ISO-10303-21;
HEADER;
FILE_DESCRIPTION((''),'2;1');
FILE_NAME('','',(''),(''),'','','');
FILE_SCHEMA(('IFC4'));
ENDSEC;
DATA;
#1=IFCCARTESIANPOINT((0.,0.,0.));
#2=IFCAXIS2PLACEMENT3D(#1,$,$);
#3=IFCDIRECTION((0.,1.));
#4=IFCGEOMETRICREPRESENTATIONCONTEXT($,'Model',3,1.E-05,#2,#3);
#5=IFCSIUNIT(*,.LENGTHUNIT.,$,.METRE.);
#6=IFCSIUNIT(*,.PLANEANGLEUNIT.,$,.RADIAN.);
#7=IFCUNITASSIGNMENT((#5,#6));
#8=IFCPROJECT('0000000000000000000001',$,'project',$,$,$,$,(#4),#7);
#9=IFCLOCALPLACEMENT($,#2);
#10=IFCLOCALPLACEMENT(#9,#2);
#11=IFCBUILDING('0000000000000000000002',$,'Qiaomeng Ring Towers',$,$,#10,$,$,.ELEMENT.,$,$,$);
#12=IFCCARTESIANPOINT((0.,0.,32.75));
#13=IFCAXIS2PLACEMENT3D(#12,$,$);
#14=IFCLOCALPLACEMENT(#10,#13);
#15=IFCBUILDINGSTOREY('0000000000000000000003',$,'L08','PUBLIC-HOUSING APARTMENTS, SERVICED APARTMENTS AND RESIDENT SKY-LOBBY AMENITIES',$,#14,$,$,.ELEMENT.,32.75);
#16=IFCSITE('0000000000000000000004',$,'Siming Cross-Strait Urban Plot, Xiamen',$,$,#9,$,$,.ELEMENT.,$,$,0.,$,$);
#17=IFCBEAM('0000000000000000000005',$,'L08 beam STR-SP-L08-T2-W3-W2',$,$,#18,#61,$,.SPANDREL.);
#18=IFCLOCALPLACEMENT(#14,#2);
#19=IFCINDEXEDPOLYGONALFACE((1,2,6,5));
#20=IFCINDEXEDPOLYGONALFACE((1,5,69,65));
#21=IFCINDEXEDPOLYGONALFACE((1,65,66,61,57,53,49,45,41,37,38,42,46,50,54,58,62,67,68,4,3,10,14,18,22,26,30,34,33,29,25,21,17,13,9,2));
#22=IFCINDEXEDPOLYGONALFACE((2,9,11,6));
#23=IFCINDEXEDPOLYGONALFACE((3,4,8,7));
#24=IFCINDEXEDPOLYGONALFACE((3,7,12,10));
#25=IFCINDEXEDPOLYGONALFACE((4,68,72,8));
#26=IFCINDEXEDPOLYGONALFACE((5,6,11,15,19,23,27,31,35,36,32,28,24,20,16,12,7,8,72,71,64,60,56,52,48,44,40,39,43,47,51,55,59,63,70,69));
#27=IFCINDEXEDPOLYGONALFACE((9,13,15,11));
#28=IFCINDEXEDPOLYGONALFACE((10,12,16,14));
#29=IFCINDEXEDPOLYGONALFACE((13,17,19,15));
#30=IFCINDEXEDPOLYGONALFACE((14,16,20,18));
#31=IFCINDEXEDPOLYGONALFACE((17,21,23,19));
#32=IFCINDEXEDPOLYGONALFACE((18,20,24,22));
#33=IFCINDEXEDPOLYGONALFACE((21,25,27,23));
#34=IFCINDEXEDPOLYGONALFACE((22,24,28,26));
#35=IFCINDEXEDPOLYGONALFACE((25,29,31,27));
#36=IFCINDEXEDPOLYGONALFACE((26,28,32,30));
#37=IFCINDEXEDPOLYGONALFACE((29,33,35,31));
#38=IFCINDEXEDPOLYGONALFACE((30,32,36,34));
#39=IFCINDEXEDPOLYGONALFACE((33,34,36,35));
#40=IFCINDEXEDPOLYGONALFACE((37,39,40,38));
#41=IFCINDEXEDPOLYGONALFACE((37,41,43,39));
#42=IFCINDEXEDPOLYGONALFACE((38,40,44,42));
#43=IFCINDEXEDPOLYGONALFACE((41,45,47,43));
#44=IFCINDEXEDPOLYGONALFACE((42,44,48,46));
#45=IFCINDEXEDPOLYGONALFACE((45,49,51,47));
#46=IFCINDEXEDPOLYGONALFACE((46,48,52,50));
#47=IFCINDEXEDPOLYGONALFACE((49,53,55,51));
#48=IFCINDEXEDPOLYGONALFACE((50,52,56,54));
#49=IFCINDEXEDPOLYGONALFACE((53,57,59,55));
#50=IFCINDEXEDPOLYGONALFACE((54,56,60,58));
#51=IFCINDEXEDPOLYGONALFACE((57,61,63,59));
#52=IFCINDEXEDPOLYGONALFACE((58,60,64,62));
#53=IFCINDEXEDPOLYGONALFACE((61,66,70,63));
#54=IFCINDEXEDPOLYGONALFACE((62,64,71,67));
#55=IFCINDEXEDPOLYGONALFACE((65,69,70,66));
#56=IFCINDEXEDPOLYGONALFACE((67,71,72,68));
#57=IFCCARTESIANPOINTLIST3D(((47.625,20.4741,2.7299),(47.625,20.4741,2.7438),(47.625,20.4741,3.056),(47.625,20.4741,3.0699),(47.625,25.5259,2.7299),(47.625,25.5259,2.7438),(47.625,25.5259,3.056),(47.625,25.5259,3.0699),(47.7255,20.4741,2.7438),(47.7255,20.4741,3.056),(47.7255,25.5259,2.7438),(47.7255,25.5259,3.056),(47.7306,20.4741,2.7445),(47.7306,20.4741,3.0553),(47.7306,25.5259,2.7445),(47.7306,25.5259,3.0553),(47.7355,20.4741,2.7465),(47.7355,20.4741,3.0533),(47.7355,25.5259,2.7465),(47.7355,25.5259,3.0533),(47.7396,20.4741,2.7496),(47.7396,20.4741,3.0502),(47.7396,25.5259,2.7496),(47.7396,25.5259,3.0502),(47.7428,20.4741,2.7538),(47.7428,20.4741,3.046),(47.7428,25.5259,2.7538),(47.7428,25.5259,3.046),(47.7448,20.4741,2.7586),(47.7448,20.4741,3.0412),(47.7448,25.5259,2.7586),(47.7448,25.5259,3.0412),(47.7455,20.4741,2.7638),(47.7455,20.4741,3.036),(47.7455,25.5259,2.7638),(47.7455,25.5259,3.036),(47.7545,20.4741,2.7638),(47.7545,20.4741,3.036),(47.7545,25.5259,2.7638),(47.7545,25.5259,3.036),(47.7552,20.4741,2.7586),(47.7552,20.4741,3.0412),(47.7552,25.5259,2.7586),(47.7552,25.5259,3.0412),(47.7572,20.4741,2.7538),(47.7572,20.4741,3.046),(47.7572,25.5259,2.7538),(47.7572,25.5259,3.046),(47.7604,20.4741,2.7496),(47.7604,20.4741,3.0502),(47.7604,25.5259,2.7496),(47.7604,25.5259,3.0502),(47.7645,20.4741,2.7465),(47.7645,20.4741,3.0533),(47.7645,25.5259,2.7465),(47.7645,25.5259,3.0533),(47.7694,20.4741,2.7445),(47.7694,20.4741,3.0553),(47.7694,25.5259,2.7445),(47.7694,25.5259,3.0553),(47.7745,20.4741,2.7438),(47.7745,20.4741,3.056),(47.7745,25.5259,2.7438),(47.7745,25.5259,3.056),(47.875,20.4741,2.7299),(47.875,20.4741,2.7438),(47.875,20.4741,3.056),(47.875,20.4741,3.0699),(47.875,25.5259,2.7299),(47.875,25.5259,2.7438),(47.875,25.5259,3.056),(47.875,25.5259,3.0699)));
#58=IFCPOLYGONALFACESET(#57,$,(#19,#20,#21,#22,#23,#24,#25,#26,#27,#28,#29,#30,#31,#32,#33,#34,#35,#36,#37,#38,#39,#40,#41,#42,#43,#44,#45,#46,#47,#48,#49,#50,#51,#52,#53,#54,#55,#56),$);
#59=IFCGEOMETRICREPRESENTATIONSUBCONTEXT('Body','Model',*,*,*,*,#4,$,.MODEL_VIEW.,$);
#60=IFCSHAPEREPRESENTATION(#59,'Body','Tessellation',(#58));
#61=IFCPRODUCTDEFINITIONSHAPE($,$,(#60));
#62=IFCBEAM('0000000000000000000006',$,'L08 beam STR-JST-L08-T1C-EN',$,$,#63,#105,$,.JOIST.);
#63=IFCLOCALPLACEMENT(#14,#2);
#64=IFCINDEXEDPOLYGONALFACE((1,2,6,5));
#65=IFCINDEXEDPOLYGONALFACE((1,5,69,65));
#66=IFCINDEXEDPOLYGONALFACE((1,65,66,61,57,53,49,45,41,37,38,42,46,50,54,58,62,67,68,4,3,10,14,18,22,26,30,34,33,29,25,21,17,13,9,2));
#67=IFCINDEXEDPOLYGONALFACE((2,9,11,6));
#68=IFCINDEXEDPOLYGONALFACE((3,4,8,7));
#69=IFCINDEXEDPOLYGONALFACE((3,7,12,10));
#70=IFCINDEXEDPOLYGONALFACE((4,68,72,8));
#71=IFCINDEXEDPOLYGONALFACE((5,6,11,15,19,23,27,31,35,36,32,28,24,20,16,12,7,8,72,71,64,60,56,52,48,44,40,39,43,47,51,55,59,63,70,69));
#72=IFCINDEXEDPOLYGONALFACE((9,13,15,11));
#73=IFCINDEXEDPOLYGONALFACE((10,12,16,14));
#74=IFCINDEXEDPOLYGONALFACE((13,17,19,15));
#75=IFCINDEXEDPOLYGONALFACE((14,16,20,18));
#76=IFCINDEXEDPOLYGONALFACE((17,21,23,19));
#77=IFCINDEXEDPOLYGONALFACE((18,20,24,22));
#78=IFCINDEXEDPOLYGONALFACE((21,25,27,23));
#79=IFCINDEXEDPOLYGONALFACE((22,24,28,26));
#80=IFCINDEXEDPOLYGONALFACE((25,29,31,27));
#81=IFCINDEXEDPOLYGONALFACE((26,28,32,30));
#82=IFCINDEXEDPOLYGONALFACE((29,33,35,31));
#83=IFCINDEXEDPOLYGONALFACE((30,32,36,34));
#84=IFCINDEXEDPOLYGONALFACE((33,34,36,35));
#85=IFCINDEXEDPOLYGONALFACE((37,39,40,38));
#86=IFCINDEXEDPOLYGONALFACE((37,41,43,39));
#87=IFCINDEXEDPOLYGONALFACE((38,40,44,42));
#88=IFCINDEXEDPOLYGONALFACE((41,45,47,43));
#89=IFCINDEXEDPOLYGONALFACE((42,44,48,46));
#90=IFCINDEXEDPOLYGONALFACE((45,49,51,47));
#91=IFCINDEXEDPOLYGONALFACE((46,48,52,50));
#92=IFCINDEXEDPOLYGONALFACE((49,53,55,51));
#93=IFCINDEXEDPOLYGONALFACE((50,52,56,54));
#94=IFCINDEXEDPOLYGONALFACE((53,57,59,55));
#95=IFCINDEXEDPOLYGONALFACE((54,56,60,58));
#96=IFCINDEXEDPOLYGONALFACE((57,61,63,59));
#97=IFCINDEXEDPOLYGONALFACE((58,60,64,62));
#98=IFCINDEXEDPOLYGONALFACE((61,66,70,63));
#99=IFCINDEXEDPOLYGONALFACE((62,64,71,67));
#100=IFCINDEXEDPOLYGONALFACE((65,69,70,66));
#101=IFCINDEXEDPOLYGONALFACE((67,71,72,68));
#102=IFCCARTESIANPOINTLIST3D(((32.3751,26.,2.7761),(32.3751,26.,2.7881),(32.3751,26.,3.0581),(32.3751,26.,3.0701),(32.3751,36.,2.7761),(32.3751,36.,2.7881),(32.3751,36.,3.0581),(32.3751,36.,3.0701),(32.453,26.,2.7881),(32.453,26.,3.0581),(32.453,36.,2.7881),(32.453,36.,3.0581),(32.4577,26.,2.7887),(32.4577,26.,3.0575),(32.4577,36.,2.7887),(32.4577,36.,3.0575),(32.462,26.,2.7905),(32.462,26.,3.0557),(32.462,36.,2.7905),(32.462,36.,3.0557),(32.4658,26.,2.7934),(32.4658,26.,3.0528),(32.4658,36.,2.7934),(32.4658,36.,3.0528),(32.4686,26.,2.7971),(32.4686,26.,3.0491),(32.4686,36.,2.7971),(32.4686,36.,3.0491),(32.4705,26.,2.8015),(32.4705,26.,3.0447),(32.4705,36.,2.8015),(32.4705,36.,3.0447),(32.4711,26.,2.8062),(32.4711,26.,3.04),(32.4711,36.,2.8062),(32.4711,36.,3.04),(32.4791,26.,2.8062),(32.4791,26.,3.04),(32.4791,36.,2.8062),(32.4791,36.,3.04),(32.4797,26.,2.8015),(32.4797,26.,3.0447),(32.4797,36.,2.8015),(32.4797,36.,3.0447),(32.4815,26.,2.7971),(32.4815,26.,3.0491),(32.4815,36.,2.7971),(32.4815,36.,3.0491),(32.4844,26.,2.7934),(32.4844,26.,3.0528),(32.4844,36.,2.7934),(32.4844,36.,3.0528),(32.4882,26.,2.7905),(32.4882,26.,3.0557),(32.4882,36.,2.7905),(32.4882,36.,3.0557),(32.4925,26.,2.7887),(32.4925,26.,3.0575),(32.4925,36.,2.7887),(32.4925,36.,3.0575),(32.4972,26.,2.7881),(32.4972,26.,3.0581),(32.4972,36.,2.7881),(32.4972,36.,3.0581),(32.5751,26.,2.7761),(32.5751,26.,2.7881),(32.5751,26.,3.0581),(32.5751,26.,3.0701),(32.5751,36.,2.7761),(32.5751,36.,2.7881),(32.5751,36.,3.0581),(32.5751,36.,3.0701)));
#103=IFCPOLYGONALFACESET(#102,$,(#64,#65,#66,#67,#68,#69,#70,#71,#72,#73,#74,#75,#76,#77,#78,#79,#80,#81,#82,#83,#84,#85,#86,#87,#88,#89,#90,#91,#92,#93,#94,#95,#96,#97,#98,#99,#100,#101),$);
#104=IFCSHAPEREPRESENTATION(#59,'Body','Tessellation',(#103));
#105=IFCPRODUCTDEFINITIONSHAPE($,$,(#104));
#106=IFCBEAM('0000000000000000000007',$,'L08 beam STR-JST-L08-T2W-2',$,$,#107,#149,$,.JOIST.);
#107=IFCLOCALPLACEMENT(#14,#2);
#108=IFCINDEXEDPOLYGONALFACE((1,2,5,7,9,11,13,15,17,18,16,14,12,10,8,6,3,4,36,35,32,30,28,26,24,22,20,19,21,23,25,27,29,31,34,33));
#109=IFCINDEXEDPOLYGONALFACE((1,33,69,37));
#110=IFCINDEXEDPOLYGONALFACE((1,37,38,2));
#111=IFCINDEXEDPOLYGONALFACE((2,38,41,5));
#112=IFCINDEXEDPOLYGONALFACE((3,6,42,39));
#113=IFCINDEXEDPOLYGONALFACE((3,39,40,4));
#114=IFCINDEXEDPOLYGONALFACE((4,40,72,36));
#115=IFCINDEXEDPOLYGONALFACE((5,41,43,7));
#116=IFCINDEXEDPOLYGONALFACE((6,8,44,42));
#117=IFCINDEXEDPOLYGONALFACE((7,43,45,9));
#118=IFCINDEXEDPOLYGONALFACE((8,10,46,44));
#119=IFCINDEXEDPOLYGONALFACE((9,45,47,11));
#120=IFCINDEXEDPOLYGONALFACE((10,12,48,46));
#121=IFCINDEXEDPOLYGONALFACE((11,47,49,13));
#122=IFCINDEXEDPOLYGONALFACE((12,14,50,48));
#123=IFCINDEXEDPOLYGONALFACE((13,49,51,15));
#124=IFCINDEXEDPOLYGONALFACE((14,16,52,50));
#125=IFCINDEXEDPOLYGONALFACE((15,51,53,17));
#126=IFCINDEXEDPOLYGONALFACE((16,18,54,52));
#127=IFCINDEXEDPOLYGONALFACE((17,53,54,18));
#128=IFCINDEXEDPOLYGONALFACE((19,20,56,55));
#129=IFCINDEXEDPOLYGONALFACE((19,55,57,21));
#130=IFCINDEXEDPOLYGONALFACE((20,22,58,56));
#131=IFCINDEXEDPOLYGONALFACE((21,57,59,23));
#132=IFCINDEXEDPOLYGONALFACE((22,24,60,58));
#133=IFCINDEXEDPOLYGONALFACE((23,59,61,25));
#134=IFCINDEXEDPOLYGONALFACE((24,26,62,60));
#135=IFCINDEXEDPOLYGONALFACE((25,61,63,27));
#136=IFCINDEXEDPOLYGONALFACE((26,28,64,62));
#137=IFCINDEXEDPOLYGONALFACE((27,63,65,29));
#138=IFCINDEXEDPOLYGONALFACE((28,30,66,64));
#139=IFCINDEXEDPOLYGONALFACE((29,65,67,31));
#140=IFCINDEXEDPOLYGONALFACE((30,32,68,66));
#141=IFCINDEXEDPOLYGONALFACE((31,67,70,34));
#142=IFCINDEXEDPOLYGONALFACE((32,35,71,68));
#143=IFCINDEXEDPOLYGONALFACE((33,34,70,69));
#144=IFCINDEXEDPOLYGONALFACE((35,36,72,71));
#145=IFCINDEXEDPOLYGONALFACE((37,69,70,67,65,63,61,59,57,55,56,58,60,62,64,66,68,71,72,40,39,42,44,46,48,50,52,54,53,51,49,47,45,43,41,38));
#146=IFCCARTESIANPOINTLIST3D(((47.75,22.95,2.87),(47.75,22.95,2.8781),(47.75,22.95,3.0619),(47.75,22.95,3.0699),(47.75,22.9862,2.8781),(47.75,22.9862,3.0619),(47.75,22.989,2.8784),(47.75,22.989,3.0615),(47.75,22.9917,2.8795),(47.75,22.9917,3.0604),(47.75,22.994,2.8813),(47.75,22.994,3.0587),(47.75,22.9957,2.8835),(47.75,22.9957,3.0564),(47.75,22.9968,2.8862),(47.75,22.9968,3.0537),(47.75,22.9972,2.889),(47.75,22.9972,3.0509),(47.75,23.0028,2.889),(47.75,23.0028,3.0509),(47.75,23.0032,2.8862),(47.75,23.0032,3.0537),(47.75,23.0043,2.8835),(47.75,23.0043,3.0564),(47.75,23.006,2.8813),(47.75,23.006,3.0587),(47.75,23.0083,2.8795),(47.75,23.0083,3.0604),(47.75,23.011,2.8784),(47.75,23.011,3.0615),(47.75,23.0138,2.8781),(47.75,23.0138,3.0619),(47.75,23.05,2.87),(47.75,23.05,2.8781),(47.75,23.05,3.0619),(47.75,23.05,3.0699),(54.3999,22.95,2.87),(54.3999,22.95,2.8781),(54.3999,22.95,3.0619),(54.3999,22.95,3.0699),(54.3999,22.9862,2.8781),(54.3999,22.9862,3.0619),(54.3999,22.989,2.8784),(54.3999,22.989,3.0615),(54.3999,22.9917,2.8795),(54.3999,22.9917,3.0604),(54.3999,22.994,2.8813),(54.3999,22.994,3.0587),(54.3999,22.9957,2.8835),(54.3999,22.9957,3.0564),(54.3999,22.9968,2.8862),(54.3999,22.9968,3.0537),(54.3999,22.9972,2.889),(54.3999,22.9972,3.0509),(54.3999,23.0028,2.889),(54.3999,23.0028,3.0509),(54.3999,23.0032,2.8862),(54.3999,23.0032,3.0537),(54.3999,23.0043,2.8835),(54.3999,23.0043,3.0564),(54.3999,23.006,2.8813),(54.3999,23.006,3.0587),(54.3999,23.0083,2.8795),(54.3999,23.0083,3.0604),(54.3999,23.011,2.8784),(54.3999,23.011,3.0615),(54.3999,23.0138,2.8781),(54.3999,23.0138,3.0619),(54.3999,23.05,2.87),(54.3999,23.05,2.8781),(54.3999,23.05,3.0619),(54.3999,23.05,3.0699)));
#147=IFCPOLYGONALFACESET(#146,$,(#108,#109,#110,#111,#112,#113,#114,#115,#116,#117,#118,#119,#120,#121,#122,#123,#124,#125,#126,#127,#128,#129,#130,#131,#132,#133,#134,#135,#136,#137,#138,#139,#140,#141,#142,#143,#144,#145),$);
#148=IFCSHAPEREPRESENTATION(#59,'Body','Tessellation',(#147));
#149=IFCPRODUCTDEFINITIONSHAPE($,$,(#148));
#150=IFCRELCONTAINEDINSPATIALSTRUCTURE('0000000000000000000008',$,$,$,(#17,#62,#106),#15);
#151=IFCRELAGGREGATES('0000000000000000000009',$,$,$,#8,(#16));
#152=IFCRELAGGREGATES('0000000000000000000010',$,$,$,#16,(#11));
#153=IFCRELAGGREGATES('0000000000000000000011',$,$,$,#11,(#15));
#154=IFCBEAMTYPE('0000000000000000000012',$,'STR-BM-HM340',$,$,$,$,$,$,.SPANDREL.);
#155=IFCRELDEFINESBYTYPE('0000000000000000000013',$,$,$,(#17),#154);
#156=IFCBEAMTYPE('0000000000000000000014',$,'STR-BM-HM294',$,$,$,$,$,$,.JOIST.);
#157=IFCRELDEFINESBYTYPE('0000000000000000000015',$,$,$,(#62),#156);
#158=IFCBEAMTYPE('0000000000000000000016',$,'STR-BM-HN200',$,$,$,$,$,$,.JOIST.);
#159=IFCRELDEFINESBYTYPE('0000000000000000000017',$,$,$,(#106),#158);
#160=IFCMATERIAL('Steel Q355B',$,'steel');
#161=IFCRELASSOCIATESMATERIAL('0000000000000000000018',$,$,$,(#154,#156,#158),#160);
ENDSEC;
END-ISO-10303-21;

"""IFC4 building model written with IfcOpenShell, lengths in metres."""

from ifc_helpers import new_model, si_unit, direction, frame, origin, origin_2d, place, context, subcontext, project, spatial, i_section, extrude, source, transform, mapped, material, material_profile, profile_set, type_object, element, save


model = new_model("IFC4")

# Units and contexts
model_context = context("Model", 3, precision=1e-05, world=origin(), true_north=direction((0.0, 1.0)))
body_context = subcontext(model_context, "Body", "Model", "MODEL_VIEW")
ifc_project = project(units=[si_unit("LENGTHUNIT", "METRE"), si_unit("PLANEANGLEUNIT", "RADIAN")], contexts=[model_context])

# Site, building, storey
site_placement = place(None, origin())
site = spatial("IfcSite", under=ifc_project, at=site_placement, Name="Siming Cross-Strait Urban Plot, Xiamen", CompositionType="ELEMENT", RefElevation=0.0)
building_placement = place(site_placement, origin())
building = spatial("IfcBuilding", under=site, at=building_placement, Name="Qiaomeng Ring Towers", CompositionType="ELEMENT")
storey_placement = place(building_placement, frame((0.0, 0.0, 32.75)))
storey = spatial("IfcBuildingStorey", under=building, at=storey_placement, Name="L08", Description="PUBLIC-HOUSING APARTMENTS, SERVICED APARTMENTS AND RESIDENT SKY-LOBBY AMENITIES", CompositionType="ELEMENT", Elevation=32.75)

# Beams
ifc_material_1 = material(Name="Steel Q355B", Category="steel")
ifc_material_profile_1 = material_profile(ifc_material_1, i_section(OverallWidth=0.25, OverallDepth=0.3401, WebThickness=0.009, FlangeThickness=0.0139, FilletRadius=0.02, at=origin_2d()), Name="HM 340x250x9x14")
ifc_profile_set_1 = profile_set([ifc_material_profile_1], Name="Steel Q355B")
beam_type_1 = type_object("IfcBeamType", Name="STR-BM-HM340", PredefinedType="SPANDREL", material=ifc_profile_set_1)
shared_shape_1 = source(origin(), body_context, "Body", "SweptSolid", [
    extrude(i_section(OverallWidth=0.25, OverallDepth=0.3401, WebThickness=0.009, FlangeThickness=0.0139, FilletRadius=0.02, at=origin_2d()), origin(), (0.0, 0.0, 1.0), 5.0518),
])
beam_1_placement = place(storey_placement, frame((47.75, 25.5259, 2.8999), z_axis=(0.0, -1.0, 0.0), x_axis=(1.0, 0.0, 0.0)))
element("IfcBeam", 1, at=beam_1_placement, inside=storey, type_object=beam_type_1, Name="L08 beam STR-SP-L08-T2-W3-W2", PredefinedType="SPANDREL", context=body_context, shape_type="MappedRepresentation", body=[
    mapped(shared_shape_1, transform((0.0, 0.0, 0.0), x_axis=(1.0, 0.0, 0.0), y_axis=(0.0, 1.0, 0.0), z_axis=(0.0, 0.0, 1.0), scale=1.0)),
])
ifc_material_profile_2 = material_profile(ifc_material_1, i_section(OverallWidth=0.2, OverallDepth=0.2939, WebThickness=0.0081, FlangeThickness=0.012, FilletRadius=0.0181, at=origin_2d()), Name="HM 294x200x8x12")
ifc_profile_set_2 = profile_set([ifc_material_profile_2], Name="Steel Q355B")
beam_type_2 = type_object("IfcBeamType", Name="STR-BM-HM294", PredefinedType="JOIST", material=ifc_profile_set_2)
shared_shape_2 = source(origin(), body_context, "Body", "SweptSolid", [
    extrude(i_section(OverallWidth=0.2, OverallDepth=0.2939, WebThickness=0.0081, FlangeThickness=0.012, FilletRadius=0.0181, at=origin_2d()), origin(), (0.0, 0.0, 1.0), 10.0),
])
beam_2_placement = place(storey_placement, frame((32.4751, 26.0, 2.9231), z_axis=(0.0, 1.0, 0.0), x_axis=(-1.0, 0.0, 0.0)))
element("IfcBeam", 2, at=beam_2_placement, inside=storey, type_object=beam_type_2, Name="L08 beam STR-JST-L08-T1C-EN", PredefinedType="JOIST", context=body_context, shape_type="MappedRepresentation", body=[
    mapped(shared_shape_2, transform((0.0, 0.0, 0.0), x_axis=(1.0, 0.0, 0.0), y_axis=(0.0, 1.0, 0.0), z_axis=(0.0, 0.0, 1.0), scale=1.0)),
])
ifc_material_profile_3 = material_profile(ifc_material_1, i_section(OverallWidth=0.1001, OverallDepth=0.2, WebThickness=0.0056, FlangeThickness=0.0081, FilletRadius=0.011, at=origin_2d()), Name="HN 200x100x5.5x8")
ifc_profile_set_3 = profile_set([ifc_material_profile_3], Name="Steel Q355B")
beam_type_3 = type_object("IfcBeamType", Name="STR-BM-HN200", PredefinedType="JOIST", material=ifc_profile_set_3)
shared_shape_3 = source(origin(), body_context, "Body", "SweptSolid", [
    extrude(i_section(OverallWidth=0.1001, OverallDepth=0.2, WebThickness=0.0056, FlangeThickness=0.0081, FilletRadius=0.011, at=origin_2d()), origin(), (0.0, 0.0, 1.0), 6.6499),
])
for number, where, z_axis, x_axis, name in (
    (3, (47.75, 23.0, 2.97), (1.0, 0.0, 0.0), (0.0, 1.0, 0.0), "L08 beam STR-JST-L08-T2W-2"),
):
    element("IfcBeam", number, at=place(storey_placement, frame(where, z_axis=z_axis, x_axis=x_axis)), inside=storey, type_object=beam_type_3, Name=name, PredefinedType="JOIST", context=body_context, shape_type="MappedRepresentation", body=[
        mapped(shared_shape_3, transform((0.0, 0.0, 0.0), x_axis=(1.0, 0.0, 0.0), y_axis=(0.0, 1.0, 0.0), z_axis=(0.0, 0.0, 1.0), scale=1.0)),
    ])

save(model, "model.ifc")
